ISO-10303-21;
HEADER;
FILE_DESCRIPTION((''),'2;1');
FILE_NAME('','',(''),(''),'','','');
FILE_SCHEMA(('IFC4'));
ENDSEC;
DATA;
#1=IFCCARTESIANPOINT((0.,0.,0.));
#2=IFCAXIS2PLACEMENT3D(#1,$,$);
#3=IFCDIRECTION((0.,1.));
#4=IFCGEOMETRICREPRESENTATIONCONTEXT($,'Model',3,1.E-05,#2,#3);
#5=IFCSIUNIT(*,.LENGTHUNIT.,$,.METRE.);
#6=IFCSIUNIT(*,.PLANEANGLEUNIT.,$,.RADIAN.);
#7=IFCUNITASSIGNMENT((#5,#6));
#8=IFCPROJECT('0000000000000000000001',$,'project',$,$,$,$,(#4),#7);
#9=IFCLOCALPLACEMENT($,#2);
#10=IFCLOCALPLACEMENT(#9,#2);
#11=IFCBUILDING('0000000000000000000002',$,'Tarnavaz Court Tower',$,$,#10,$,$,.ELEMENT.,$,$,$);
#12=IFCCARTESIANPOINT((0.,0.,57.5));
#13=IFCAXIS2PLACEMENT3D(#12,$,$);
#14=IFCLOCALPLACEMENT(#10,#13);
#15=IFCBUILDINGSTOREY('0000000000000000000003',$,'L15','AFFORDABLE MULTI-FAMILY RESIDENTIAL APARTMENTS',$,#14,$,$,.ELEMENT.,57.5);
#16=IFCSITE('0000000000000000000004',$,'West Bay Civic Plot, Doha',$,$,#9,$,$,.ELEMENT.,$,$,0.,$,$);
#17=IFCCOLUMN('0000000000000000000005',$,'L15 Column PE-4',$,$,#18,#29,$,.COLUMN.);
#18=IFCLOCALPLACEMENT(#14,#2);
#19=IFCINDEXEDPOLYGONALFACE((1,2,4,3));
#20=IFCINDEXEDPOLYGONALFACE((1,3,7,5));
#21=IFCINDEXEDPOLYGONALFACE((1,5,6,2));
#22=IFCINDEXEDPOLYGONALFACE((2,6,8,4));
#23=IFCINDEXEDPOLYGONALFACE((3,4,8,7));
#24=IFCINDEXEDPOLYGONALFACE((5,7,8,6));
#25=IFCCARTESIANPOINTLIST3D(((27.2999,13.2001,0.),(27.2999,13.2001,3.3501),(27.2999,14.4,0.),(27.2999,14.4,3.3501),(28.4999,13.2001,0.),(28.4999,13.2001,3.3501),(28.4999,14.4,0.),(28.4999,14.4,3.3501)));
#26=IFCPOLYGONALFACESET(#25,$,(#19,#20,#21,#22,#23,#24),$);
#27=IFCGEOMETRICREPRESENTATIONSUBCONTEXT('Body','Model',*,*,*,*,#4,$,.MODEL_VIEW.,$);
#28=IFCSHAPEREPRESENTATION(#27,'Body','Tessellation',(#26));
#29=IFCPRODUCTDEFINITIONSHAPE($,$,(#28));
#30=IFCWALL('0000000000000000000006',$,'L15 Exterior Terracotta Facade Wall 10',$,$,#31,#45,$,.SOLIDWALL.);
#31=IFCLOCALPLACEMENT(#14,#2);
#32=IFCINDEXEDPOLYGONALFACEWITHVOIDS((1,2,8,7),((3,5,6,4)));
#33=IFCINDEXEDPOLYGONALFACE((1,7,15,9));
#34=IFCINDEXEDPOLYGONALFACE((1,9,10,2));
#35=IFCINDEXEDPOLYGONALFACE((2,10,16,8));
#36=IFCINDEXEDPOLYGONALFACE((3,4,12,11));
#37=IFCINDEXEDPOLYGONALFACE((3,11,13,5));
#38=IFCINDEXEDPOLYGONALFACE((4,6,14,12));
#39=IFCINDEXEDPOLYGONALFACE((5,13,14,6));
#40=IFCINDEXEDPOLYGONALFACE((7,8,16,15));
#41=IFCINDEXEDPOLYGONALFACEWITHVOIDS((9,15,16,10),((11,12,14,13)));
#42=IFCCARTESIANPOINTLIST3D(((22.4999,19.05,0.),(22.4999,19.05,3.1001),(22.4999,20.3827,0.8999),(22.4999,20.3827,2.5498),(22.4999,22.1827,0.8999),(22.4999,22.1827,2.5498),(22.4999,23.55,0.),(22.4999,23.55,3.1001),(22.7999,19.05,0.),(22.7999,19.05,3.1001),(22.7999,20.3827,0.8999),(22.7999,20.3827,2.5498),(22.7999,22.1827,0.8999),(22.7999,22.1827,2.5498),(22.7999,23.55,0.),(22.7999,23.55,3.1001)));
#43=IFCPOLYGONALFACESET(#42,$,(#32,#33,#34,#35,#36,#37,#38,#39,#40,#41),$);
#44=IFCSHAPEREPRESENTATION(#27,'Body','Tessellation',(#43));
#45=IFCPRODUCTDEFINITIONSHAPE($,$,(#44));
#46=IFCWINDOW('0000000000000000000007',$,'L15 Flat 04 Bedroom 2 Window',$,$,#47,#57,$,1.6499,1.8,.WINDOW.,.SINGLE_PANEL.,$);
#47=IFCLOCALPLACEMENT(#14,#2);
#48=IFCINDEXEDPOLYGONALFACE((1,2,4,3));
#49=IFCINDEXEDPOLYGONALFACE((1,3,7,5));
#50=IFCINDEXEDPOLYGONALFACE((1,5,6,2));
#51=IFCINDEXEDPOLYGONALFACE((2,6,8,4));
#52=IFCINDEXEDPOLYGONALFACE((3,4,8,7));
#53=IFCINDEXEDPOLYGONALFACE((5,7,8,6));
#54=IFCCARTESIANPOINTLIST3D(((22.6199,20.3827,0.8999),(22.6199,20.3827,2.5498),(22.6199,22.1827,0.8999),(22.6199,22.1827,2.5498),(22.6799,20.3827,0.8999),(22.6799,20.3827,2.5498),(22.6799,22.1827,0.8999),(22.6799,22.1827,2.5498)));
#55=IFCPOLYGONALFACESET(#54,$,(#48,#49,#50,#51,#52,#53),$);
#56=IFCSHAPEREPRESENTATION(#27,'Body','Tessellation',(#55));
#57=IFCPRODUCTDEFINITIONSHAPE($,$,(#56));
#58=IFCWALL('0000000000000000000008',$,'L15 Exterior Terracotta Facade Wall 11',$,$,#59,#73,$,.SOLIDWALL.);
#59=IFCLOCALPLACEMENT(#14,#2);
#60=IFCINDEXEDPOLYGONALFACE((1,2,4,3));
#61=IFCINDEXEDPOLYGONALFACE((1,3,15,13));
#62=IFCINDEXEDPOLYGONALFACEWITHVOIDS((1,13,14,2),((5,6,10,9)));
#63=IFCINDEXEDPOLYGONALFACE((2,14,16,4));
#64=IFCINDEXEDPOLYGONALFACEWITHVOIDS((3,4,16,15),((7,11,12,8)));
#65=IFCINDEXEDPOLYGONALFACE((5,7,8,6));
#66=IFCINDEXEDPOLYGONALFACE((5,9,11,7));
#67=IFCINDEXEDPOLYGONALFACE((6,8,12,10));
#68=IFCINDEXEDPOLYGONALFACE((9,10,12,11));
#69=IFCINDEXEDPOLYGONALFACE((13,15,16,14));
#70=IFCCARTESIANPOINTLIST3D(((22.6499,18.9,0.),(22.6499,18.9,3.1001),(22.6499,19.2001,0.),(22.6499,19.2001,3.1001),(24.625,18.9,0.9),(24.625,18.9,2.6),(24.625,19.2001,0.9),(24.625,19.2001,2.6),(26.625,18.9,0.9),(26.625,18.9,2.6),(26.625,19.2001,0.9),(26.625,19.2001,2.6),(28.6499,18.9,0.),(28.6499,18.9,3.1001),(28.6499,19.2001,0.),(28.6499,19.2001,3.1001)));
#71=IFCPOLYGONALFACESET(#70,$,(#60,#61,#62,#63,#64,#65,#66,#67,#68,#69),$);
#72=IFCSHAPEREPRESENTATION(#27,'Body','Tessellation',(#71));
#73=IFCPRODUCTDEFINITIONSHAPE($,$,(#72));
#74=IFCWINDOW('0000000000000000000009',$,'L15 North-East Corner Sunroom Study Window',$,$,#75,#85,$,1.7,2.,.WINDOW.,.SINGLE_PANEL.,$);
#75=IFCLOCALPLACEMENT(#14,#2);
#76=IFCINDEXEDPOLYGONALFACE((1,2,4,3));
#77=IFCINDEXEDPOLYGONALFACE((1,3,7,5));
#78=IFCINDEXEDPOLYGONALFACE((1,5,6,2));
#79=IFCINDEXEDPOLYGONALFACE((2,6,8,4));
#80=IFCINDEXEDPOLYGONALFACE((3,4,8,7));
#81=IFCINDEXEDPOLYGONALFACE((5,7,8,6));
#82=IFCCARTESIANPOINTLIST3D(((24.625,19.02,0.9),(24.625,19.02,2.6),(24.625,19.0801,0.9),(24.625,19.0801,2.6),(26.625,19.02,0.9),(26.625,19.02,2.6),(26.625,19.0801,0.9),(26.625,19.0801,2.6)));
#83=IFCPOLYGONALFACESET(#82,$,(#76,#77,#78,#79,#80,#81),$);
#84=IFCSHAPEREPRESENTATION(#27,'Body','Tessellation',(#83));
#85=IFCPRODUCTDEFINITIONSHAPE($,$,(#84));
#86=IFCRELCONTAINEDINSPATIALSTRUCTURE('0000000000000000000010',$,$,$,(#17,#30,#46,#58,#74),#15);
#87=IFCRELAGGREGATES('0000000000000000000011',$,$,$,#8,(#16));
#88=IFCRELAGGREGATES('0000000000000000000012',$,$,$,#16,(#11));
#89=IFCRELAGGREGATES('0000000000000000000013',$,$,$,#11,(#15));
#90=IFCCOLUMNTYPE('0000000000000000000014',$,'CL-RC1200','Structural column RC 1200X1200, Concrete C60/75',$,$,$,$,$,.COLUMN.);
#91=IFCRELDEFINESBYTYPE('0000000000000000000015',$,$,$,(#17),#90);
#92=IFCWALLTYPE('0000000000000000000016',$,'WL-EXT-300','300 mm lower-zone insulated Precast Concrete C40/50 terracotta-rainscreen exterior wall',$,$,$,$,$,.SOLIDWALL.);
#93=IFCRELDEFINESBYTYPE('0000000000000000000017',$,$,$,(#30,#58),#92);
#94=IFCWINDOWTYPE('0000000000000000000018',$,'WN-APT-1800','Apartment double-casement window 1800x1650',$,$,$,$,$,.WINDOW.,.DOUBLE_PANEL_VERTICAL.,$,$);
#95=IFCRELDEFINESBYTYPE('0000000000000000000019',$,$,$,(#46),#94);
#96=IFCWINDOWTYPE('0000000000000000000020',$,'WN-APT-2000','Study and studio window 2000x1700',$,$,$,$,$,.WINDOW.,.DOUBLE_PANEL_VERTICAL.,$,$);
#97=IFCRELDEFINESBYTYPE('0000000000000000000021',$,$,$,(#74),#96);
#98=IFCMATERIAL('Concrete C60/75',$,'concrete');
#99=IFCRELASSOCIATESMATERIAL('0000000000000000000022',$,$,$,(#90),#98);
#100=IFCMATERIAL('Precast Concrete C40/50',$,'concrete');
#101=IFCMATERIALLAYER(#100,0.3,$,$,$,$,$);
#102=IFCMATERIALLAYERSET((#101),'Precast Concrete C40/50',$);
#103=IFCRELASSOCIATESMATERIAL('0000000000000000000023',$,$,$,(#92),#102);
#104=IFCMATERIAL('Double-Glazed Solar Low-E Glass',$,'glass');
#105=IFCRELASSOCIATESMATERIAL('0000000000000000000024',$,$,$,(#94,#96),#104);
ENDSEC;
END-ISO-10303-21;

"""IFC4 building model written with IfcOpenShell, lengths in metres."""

from ifc_helpers import new_model, si_unit, direction, frame, frame_2d, origin, origin_2d, place, context, subcontext, project, spatial, rectangle, extrude, material, layer, layer_set, material_profile, profile_set, type_object, element, fill, save


model = new_model("IFC4")

# Units and contexts
model_context = context("Model", 3, precision=1e-05, world=origin(), true_north=direction((0.0, 1.0)))
body_context = subcontext(model_context, "Body", "Model", "MODEL_VIEW")
ifc_project = project(units=[si_unit("LENGTHUNIT", "METRE"), si_unit("PLANEANGLEUNIT", "RADIAN")], contexts=[model_context])

# Site, building, storey
site_placement = place(None, origin())
site = spatial("IfcSite", under=ifc_project, at=site_placement, Name="West Bay Civic Plot, Doha", CompositionType="ELEMENT", RefElevation=0.0)
building_placement = place(site_placement, origin())
building = spatial("IfcBuilding", under=site, at=building_placement, Name="Tarnavaz Court Tower", CompositionType="ELEMENT")
storey_placement = place(building_placement, frame((0.0, 0.0, 57.5)))
storey = spatial("IfcBuildingStorey", under=building, at=storey_placement, Name="L15", Description="AFFORDABLE MULTI-FAMILY RESIDENTIAL APARTMENTS", CompositionType="ELEMENT", Elevation=57.5)

# Column
ifc_material_1 = material(Name="Concrete C60/75", Category="concrete")
ifc_material_profile_1 = material_profile(ifc_material_1, rectangle(XDim=1.2, YDim=1.2, at=origin_2d()), Name="RC 1200X1200")
ifc_profile_set_1 = profile_set([ifc_material_profile_1], Name="Concrete C60/75")
column_type = type_object("IfcColumnType", Name="CL-RC1200", Description="Structural column RC 1200X1200, Concrete C60/75", PredefinedType="COLUMN", material=ifc_profile_set_1)
column_placement = place(storey_placement, frame((27.8999, 13.8, 0.0), z_axis=(0.0, 0.0, 1.0), x_axis=(1.0, 0.0, 0.0)))
element("IfcColumn", 1, at=column_placement, inside=storey, type_object=column_type, Name="L15 Column PE-4", PredefinedType="COLUMN", context=body_context, shape_type="SweptSolid", body=[
    extrude(rectangle(XDim=1.2, YDim=1.2, at=origin_2d()), origin(), (0.0, 0.0, 1.0), 3.3501),
])

# Walls, openings, windows
ifc_material_2 = material(Name="Precast Concrete C40/50", Category="concrete")
ifc_layer_1 = layer(ifc_material_2, 0.3)
ifc_layer_set_1 = layer_set([ifc_layer_1], Name="Precast Concrete C40/50")
wall_type_1 = type_object("IfcWallType", Name="WL-EXT-300", Description="300 mm lower-zone insulated Precast Concrete C40/50 terracotta-rainscreen exterior wall", PredefinedType="SOLIDWALL", material=ifc_layer_set_1)
wall_1_placement = place(storey_placement, frame((22.6499, 23.55, 0.0), z_axis=(0.0, 0.0, 1.0), x_axis=(0.0, -1.0, 0.0)))
wall_1 = element("IfcWall", 2, at=wall_1_placement, inside=storey, type_object=wall_type_1, Name="L15 Exterior Terracotta Facade Wall 10", PredefinedType="SOLIDWALL", context=body_context, shape_type="SweptSolid", body=[
    extrude(rectangle(XDim=4.5, YDim=0.3, at=frame_2d((2.25, 0.0))), origin(), (0.0, 0.0, 1.0), 3.1001),
])
opening_1_placement = place(wall_1_placement, frame((1.3674, 0.0, 0.8999)))
opening_1 = element("IfcOpeningElement", 3, at=opening_1_placement, cuts=wall_1, PredefinedType="OPENING", context=body_context, shape_type="SweptSolid", body=[
    extrude(rectangle(XDim=1.8, YDim=1.6499, at=frame_2d((0.8999, 0.825))), frame((0.0, 0.1599, 0.0), z_axis=(0.0, -1.0, 0.0), x_axis=(1.0, 0.0, 0.0)), (0.0, 0.0, 1.0), 0.3201),
])
ifc_material_3 = material(Name="Double-Glazed Solar Low-E Glass", Category="glass")
window_type_1 = type_object("IfcWindowType", Name="WN-APT-1800", Description="Apartment double-casement window 1800x1650", PartitioningType="DOUBLE_PANEL_VERTICAL", PredefinedType="WINDOW", material=ifc_material_3)
window_1_placement = place(opening_1_placement, origin())
window_1 = element("IfcWindow", 4, at=window_1_placement, inside=storey, type_object=window_type_1, Name="L15 Flat 04 Bedroom 2 Window", OverallHeight=1.6499, OverallWidth=1.8, PartitioningType="SINGLE_PANEL", PredefinedType="WINDOW", context=body_context, shape_type="SweptSolid", body=[
    extrude(rectangle(XDim=1.8, YDim=1.6499, at=frame_2d((0.8999, 0.825))), frame((0.0, 0.03, 0.0), z_axis=(0.0, -1.0, 0.0), x_axis=(1.0, 0.0, 0.0)), (0.0, 0.0, 1.0), 0.0601),
])
fill(opening_1, window_1)
wall_2_placement = place(storey_placement, frame((22.6499, 19.05, 0.0), z_axis=(0.0, 0.0, 1.0), x_axis=(1.0, 0.0, 0.0)))
wall_2 = element("IfcWall", 5, at=wall_2_placement, inside=storey, type_object=wall_type_1, Name="L15 Exterior Terracotta Facade Wall 11", PredefinedType="SOLIDWALL", context=body_context, shape_type="SweptSolid", body=[
    extrude(rectangle(XDim=6.0, YDim=0.3, at=frame_2d((3.0, 0.0))), origin(), (0.0, 0.0, 1.0), 3.1001),
])
opening_2_placement = place(wall_2_placement, frame((1.9751, 0.0, 0.8999)))
opening_2 = element("IfcOpeningElement", 6, at=opening_2_placement, cuts=wall_2, PredefinedType="OPENING", context=body_context, shape_type="SweptSolid", body=[
    extrude(rectangle(XDim=2.0, YDim=1.7, at=frame_2d((1.0, 0.8501))), frame((0.0, 0.1599, 0.0), z_axis=(0.0, -1.0, 0.0), x_axis=(1.0, 0.0, 0.0)), (0.0, 0.0, 1.0), 0.3201),
])
window_type_2 = type_object("IfcWindowType", Name="WN-APT-2000", Description="Study and studio window 2000x1700", PartitioningType="DOUBLE_PANEL_VERTICAL", PredefinedType="WINDOW", material=ifc_material_3)
window_2_placement = place(opening_2_placement, origin())
window_2 = element("IfcWindow", 7, at=window_2_placement, inside=storey, type_object=window_type_2, Name="L15 North-East Corner Sunroom Study Window", OverallHeight=1.7, OverallWidth=2.0, PartitioningType="SINGLE_PANEL", PredefinedType="WINDOW", context=body_context, shape_type="SweptSolid", body=[
    extrude(rectangle(XDim=2.0, YDim=1.7, at=frame_2d((1.0, 0.8501))), frame((0.0, 0.03, 0.0), z_axis=(0.0, -1.0, 0.0), x_axis=(1.0, 0.0, 0.0)), (0.0, 0.0, 1.0), 0.0601),
])
fill(opening_2, window_2)

save(model, "model.ifc")
